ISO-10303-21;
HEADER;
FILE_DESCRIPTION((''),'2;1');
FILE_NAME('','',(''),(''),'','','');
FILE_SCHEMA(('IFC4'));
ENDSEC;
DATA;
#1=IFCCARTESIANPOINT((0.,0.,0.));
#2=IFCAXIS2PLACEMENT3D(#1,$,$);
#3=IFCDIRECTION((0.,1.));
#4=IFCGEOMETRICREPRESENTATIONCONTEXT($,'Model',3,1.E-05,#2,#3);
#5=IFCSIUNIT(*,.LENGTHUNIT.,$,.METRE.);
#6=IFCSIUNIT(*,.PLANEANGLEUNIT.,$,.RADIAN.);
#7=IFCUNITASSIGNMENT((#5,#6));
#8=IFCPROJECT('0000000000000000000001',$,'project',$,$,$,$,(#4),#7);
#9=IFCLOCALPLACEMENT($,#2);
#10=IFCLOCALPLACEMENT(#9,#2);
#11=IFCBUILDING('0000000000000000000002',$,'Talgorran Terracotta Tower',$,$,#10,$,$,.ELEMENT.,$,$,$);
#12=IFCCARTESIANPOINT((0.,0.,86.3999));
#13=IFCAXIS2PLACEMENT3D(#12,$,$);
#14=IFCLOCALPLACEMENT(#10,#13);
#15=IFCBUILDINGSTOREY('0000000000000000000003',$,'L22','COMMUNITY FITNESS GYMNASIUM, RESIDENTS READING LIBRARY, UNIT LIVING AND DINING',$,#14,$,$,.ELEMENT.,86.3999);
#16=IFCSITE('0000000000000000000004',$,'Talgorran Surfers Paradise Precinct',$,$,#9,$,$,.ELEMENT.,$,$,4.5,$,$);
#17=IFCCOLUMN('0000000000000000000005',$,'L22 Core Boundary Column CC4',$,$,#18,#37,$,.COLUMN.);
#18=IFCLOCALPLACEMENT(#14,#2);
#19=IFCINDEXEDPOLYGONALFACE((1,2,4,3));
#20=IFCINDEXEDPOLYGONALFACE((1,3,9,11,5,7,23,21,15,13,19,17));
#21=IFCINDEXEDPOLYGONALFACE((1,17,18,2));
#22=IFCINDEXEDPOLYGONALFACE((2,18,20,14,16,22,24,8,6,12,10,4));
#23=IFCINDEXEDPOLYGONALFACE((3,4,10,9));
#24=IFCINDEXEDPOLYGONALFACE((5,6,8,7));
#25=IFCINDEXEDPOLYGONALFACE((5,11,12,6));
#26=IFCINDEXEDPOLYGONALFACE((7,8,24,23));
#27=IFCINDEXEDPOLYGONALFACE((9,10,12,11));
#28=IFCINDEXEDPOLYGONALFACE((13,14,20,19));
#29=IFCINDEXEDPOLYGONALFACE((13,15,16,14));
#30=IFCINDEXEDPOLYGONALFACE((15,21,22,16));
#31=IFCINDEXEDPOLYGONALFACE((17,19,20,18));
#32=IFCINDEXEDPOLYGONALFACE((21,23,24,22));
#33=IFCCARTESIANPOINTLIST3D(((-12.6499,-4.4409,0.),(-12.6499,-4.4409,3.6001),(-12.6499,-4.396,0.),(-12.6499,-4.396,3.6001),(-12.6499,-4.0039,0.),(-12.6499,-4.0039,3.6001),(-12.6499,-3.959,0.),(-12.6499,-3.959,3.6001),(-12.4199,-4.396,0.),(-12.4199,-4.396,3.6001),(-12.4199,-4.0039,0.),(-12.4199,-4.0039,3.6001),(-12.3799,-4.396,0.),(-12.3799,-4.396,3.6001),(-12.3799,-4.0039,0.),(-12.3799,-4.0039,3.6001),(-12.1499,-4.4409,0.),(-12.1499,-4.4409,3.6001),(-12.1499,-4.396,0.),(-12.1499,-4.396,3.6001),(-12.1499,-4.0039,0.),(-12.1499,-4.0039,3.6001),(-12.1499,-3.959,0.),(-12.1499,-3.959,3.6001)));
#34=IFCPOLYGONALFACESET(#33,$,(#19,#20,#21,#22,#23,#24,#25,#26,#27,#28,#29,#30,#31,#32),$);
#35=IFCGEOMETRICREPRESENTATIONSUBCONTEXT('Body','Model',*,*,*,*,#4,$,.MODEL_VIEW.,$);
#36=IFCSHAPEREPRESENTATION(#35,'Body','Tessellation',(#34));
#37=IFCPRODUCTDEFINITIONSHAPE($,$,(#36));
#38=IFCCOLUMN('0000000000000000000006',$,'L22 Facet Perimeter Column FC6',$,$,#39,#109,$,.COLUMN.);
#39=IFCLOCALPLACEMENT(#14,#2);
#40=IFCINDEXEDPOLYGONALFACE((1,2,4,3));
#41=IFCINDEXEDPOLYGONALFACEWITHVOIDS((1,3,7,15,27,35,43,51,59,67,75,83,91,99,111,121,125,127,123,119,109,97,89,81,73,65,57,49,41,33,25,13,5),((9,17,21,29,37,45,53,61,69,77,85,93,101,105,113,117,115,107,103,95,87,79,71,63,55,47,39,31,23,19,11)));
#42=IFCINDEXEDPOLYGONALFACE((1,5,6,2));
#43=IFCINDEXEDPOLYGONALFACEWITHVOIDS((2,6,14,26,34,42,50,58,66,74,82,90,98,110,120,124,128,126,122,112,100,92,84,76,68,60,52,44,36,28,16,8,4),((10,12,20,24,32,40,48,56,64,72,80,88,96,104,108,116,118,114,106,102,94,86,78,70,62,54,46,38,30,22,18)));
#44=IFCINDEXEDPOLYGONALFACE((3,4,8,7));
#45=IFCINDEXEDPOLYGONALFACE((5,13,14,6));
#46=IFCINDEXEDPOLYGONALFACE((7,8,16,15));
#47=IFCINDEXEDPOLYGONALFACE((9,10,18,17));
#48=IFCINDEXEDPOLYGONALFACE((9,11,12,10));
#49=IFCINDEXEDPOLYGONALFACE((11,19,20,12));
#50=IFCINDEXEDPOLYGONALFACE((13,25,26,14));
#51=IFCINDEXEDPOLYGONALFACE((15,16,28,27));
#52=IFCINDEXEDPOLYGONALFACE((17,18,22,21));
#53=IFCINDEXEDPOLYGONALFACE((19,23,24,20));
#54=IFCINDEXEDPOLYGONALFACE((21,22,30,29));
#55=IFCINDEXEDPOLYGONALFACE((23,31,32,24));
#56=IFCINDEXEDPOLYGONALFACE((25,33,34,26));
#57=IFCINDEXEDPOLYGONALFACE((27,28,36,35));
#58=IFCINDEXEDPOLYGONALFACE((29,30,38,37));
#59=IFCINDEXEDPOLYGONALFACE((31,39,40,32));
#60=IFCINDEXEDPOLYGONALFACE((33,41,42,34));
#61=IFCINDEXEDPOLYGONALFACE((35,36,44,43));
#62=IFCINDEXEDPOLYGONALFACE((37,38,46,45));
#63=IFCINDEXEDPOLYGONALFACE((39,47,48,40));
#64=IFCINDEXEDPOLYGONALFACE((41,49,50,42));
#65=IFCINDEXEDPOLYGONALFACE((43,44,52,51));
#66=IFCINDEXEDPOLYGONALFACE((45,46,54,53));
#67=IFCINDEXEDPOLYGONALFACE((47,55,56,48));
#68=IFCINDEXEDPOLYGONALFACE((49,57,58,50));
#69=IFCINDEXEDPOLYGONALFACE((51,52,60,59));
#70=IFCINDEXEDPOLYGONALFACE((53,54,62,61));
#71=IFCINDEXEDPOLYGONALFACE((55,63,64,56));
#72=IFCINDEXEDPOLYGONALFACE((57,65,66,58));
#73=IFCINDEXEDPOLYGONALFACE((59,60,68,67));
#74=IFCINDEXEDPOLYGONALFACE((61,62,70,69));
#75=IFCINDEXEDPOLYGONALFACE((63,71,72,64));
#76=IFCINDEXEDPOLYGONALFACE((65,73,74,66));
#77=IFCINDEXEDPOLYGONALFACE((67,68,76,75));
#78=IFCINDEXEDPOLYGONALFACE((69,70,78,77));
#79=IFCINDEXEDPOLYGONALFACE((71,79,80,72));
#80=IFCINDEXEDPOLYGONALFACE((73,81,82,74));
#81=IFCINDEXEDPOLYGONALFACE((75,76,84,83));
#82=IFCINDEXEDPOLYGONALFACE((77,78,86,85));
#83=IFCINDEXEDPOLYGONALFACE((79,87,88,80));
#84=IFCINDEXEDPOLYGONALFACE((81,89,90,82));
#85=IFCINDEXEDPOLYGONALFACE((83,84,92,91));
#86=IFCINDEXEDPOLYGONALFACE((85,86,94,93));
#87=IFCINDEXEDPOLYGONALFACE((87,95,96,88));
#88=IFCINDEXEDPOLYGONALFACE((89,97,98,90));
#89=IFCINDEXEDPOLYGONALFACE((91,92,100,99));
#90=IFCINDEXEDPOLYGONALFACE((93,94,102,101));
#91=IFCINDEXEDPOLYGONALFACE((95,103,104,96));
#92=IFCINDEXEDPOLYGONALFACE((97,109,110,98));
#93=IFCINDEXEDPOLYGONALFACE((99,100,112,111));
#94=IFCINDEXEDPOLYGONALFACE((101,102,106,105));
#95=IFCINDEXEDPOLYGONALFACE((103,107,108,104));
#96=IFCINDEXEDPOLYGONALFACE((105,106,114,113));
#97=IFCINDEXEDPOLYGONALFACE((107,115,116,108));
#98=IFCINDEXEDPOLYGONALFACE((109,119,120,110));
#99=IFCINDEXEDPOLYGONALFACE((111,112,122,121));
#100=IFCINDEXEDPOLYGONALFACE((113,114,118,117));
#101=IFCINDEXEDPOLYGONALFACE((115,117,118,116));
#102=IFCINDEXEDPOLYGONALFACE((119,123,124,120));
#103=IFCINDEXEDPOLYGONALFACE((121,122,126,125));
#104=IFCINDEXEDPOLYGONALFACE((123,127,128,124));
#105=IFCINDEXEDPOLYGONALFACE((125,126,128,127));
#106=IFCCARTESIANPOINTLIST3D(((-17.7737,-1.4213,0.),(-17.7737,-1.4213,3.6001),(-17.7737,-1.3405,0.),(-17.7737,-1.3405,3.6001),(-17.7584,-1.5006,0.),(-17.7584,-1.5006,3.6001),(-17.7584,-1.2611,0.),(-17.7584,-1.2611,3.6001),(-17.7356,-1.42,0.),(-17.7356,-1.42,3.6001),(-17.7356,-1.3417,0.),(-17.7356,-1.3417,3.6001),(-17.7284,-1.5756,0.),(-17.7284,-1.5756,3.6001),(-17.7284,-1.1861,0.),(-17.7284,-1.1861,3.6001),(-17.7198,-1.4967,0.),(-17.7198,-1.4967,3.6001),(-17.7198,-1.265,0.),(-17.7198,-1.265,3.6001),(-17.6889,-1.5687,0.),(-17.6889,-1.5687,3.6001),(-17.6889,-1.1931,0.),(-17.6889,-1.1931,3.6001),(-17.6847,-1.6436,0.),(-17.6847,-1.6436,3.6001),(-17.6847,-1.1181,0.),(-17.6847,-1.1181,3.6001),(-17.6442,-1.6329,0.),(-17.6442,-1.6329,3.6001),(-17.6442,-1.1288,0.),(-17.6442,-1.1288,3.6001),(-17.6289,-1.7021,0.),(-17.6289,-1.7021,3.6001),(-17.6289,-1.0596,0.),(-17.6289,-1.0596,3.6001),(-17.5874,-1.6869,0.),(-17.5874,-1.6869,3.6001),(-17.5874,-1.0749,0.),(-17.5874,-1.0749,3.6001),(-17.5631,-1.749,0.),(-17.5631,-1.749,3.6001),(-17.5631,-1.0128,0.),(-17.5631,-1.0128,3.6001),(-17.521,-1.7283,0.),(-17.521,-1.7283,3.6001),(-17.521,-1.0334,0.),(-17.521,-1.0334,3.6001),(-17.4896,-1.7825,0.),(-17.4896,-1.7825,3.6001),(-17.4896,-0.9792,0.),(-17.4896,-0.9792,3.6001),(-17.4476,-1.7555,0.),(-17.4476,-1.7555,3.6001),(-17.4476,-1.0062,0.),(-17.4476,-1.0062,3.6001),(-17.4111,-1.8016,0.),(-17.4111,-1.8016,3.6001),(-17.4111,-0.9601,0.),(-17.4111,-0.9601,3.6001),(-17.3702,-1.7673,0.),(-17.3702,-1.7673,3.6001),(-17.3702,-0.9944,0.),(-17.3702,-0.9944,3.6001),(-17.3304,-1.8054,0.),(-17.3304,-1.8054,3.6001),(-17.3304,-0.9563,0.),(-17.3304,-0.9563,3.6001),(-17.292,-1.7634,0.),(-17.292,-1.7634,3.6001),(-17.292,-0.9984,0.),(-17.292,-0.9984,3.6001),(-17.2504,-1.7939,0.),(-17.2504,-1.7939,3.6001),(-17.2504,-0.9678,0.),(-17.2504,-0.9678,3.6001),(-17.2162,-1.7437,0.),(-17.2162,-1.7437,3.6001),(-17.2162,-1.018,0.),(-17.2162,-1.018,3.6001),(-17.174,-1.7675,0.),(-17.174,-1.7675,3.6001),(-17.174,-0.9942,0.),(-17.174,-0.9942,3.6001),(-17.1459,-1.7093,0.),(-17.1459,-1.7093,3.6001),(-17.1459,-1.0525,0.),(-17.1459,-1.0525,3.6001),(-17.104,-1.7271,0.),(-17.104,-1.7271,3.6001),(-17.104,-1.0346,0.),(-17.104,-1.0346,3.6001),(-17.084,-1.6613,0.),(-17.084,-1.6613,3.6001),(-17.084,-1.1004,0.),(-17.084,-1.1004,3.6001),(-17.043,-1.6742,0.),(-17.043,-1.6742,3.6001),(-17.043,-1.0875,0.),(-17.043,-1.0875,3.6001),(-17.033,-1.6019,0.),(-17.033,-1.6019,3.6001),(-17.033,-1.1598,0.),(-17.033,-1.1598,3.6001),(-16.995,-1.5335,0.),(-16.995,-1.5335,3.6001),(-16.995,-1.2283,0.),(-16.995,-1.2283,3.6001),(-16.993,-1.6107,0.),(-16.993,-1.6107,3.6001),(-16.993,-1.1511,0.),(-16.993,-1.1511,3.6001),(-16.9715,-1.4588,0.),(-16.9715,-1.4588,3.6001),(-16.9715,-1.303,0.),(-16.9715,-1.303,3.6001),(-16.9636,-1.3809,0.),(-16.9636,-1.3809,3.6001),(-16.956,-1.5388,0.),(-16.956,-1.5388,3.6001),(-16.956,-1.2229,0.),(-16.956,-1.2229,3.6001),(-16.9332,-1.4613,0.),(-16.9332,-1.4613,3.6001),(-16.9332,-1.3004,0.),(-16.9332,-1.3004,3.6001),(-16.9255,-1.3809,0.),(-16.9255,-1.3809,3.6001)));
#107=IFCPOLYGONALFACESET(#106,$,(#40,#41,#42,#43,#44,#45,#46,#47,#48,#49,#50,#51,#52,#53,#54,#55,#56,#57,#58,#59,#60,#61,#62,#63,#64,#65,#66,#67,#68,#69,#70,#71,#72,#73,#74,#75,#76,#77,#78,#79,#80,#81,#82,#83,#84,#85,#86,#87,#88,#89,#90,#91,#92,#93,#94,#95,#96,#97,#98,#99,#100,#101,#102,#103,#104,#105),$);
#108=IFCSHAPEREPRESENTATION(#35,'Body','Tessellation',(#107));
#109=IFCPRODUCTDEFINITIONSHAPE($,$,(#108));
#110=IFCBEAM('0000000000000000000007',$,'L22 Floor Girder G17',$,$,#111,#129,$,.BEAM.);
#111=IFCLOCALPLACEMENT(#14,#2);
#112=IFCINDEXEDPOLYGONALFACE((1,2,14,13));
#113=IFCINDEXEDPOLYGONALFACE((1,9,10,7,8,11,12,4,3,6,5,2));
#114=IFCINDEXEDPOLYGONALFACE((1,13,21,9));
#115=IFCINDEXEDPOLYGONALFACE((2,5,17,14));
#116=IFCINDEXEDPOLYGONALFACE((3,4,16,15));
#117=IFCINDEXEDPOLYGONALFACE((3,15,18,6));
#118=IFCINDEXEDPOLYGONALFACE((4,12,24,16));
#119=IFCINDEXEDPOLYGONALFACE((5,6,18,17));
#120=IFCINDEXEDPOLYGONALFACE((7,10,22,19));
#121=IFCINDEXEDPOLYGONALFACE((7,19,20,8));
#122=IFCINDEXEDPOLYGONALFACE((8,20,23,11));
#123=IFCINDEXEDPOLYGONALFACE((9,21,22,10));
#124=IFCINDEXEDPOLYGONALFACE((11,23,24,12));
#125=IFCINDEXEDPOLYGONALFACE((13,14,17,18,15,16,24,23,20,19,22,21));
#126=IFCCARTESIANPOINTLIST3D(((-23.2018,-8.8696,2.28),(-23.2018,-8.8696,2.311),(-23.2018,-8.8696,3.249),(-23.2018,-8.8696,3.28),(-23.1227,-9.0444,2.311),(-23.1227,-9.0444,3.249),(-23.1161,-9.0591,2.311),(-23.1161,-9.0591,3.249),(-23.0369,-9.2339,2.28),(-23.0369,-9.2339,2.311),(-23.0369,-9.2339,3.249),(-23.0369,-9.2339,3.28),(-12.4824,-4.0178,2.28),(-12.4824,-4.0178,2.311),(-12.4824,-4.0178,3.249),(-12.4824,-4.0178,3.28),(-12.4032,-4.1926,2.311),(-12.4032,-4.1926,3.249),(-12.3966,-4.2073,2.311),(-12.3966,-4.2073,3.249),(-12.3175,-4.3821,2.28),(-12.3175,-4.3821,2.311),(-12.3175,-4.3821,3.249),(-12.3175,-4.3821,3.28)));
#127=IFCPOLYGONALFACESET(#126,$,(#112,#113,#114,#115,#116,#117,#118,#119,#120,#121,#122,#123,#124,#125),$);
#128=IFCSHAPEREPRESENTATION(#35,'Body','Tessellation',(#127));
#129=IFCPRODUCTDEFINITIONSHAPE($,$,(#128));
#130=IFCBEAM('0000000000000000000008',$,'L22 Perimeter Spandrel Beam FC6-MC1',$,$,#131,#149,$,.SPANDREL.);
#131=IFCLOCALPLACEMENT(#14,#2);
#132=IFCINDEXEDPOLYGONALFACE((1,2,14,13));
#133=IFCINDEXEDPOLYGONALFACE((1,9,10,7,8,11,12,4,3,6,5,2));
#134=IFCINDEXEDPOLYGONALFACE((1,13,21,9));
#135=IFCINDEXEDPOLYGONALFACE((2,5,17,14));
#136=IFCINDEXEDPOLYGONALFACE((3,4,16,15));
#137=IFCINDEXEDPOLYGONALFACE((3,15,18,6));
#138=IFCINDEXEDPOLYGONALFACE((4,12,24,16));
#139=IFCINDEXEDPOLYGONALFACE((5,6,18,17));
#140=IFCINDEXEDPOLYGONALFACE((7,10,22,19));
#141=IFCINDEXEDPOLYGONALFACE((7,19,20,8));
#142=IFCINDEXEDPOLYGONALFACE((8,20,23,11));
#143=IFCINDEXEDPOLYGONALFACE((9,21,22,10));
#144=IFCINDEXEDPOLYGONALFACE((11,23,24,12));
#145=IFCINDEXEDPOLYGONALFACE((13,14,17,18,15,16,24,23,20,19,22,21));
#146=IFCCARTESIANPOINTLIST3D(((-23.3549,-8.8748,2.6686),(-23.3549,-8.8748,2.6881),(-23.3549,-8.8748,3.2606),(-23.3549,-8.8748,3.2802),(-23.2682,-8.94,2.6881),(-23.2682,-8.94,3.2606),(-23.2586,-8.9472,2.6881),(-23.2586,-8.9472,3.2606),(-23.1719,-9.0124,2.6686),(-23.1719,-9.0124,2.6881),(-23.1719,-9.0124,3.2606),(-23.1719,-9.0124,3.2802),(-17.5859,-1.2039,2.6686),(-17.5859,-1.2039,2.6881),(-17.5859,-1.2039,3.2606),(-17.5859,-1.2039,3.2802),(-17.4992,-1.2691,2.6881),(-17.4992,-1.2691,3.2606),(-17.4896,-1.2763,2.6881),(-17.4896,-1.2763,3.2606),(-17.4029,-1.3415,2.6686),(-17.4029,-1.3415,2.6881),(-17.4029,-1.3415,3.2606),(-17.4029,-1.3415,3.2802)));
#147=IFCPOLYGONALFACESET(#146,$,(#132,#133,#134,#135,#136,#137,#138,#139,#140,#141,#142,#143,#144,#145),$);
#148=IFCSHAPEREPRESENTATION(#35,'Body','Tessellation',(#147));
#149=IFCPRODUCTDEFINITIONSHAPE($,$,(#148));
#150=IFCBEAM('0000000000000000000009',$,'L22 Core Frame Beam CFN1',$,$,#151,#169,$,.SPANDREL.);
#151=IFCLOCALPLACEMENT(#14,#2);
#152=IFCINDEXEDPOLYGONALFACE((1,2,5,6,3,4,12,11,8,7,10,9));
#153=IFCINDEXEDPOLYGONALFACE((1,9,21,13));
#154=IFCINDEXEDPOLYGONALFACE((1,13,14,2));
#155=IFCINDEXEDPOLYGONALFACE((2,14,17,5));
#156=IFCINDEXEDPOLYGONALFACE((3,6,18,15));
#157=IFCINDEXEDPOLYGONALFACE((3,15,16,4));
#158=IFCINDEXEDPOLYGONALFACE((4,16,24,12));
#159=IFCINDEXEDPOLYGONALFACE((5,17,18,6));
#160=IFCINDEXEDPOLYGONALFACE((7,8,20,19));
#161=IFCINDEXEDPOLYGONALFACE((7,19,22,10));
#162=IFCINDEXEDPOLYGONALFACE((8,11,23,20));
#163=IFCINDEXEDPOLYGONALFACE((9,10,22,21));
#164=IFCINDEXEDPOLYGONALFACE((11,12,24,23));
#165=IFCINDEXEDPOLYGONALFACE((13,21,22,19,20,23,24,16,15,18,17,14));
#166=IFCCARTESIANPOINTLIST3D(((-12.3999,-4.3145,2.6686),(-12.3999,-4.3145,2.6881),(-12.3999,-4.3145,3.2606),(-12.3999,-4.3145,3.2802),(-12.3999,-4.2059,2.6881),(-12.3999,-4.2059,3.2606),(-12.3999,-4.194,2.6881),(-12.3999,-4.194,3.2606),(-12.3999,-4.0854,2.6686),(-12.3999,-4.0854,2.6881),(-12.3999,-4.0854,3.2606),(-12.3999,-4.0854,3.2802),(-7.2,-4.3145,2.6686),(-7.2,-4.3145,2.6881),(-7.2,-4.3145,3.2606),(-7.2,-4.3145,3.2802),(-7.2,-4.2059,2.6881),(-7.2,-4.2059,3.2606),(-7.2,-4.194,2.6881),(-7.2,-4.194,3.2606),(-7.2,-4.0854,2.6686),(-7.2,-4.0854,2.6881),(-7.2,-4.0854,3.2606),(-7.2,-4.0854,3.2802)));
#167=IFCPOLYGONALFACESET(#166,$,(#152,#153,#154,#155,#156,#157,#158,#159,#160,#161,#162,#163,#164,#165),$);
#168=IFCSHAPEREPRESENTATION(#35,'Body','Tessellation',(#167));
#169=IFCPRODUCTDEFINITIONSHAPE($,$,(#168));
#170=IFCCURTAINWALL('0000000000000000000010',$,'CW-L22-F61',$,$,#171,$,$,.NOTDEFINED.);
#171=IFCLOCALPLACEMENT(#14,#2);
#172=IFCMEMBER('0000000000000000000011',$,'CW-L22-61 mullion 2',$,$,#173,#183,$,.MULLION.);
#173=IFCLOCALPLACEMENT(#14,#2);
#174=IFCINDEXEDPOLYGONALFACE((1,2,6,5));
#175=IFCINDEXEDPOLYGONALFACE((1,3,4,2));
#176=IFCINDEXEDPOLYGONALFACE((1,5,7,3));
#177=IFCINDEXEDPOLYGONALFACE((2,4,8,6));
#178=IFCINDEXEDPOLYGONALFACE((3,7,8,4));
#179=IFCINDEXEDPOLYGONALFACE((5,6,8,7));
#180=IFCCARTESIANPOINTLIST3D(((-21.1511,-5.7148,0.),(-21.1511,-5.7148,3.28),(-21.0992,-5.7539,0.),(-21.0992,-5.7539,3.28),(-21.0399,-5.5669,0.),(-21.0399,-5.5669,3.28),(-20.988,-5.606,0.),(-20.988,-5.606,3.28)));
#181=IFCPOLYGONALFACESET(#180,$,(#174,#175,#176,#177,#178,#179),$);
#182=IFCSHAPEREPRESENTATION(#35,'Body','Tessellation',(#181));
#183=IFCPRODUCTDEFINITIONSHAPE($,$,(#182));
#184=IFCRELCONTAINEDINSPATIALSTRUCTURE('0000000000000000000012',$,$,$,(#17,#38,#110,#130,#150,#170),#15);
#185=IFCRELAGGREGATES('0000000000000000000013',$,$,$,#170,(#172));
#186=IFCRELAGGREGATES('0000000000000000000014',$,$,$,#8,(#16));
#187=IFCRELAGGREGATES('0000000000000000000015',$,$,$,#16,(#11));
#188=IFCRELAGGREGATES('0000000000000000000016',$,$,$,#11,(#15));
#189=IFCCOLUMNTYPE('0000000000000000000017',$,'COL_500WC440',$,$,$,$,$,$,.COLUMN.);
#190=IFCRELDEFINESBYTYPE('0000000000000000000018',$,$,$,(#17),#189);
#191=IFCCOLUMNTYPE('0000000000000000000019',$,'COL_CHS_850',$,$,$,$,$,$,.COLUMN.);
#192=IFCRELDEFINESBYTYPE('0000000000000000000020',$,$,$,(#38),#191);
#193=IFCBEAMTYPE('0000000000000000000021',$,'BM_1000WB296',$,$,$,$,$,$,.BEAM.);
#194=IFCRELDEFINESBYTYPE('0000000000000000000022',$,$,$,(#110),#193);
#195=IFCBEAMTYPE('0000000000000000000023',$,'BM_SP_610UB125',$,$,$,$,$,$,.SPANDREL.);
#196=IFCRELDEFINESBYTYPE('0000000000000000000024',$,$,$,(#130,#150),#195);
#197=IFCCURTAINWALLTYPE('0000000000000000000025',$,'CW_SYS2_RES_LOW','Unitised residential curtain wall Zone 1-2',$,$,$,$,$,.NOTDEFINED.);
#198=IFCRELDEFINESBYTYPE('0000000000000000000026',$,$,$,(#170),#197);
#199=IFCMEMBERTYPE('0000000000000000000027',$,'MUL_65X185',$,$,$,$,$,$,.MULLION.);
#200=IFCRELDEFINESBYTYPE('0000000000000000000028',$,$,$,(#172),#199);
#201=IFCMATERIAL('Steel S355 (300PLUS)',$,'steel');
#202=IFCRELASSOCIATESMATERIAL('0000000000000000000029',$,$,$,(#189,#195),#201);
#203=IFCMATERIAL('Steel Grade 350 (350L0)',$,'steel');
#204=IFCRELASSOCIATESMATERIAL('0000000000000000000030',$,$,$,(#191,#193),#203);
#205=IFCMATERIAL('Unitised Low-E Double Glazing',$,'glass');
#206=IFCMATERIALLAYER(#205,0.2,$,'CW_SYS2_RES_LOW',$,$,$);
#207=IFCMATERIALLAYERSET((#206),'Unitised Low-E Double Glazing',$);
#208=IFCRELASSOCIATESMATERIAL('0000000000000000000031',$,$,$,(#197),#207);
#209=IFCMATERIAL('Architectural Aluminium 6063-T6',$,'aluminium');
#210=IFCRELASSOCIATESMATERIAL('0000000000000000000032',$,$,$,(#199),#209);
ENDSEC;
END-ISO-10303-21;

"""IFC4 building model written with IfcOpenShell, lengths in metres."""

from ifc_helpers import new_model, si_unit, direction, frame, origin, origin_2d, place, context, subcontext, project, spatial, rectangle, hollow_circle, i_section, extrude, material, layer, layer_set, material_profile, profile_set, type_object, element, aggregate, save


model = new_model("IFC4")

# Units and contexts
model_context = context("Model", 3, precision=1e-05, world=origin(), true_north=direction((0.0, 1.0)))
body_context = subcontext(model_context, "Body", "Model", "MODEL_VIEW")
ifc_project = project(units=[si_unit("LENGTHUNIT", "METRE"), si_unit("PLANEANGLEUNIT", "RADIAN")], contexts=[model_context])

# Site, building, storey
site_placement = place(None, origin())
site = spatial("IfcSite", under=ifc_project, at=site_placement, Name="Talgorran Surfers Paradise Precinct", CompositionType="ELEMENT", RefElevation=4.5)
building_placement = place(site_placement, origin())
building = spatial("IfcBuilding", under=site, at=building_placement, Name="Talgorran Terracotta Tower", CompositionType="ELEMENT")
storey_placement = place(building_placement, frame((0.0, 0.0, 86.3999)))
storey = spatial("IfcBuildingStorey", under=building, at=storey_placement, Name="L22", Description="COMMUNITY FITNESS GYMNASIUM, RESIDENTS READING LIBRARY, UNIT LIVING AND DINING", CompositionType="ELEMENT", Elevation=86.3999)

# Columns
ifc_material_1 = material(Name="Steel S355 (300PLUS)", Category="steel")
ifc_material_profile_1 = material_profile(ifc_material_1, i_section(OverallWidth=0.5, OverallDepth=0.4819, WebThickness=0.04, FlangeThickness=0.0449, at=origin_2d()), Name="500WC440")
ifc_profile_set_1 = profile_set([ifc_material_profile_1], Name="Steel S355 (300PLUS)")
column_type_1 = type_object("IfcColumnType", Name="COL_500WC440", PredefinedType="COLUMN", material=ifc_profile_set_1)
column_1_placement = place(storey_placement, frame((-12.3999, -4.2, 0.0), z_axis=(0.0, 0.0, 1.0), x_axis=(1.0, 0.0, 0.0)))
element("IfcColumn", 1, at=column_1_placement, inside=storey, type_object=column_type_1, Name="L22 Core Boundary Column CC4", PredefinedType="COLUMN", context=body_context, shape_type="SweptSolid", body=[
    extrude(i_section(OverallWidth=0.5, OverallDepth=0.4819, WebThickness=0.04, FlangeThickness=0.0449, at=origin_2d()), origin(), (0.0, 0.0, 1.0), 3.6001),
])
ifc_material_2 = material(Name="Steel Grade 350 (350L0)", Category="steel")
ifc_material_profile_2 = material_profile(ifc_material_2, hollow_circle(Radius=0.425, WallThickness=0.0381, at=origin_2d()), Name="CHS850X38")
ifc_profile_set_2 = profile_set([ifc_material_profile_2], Name="Steel Grade 350 (350L0)")
column_type_2 = type_object("IfcColumnType", Name="COL_CHS_850", PredefinedType="COLUMN", material=ifc_profile_set_2)
column_2_placement = place(storey_placement, frame((-17.3506, -1.3809, 0.0), z_axis=(0.0, 0.0, 1.0), x_axis=(1.0, 0.0, 0.0)))
element("IfcColumn", 2, at=column_2_placement, inside=storey, type_object=column_type_2, Name="L22 Facet Perimeter Column FC6", PredefinedType="COLUMN", context=body_context, shape_type="SweptSolid", body=[
    extrude(hollow_circle(Radius=0.425, WallThickness=0.0381, at=origin_2d()), origin(), (0.0, 0.0, 1.0), 3.6001),
])

# Beams
ifc_material_profile_3 = material_profile(ifc_material_2, i_section(OverallWidth=0.3999, OverallDepth=1.0, WebThickness=0.0161, FlangeThickness=0.031, at=origin_2d()), Name="1000WB296")
ifc_profile_set_3 = profile_set([ifc_material_profile_3], Name="Steel Grade 350 (350L0)")
beam_type_1 = type_object("IfcBeamType", Name="BM_1000WB296", PredefinedType="BEAM", material=ifc_profile_set_3)
beam_1_placement = place(storey_placement, frame((-12.3999, -4.2, 2.78), z_axis=(-0.911028, -0.412345, 0.0), x_axis=(0.412345, -0.911028, 0.0)))
element("IfcBeam", 3, at=beam_1_placement, inside=storey, type_object=beam_type_1, Name="L22 Floor Girder G17", PredefinedType="BEAM", context=body_context, shape_type="SweptSolid", body=[
    extrude(i_section(OverallWidth=0.3999, OverallDepth=1.0, WebThickness=0.0161, FlangeThickness=0.031, at=origin_2d()), origin(), (0.0, 0.0, 1.0), 11.7664),
])
ifc_material_profile_4 = material_profile(ifc_material_1, i_section(OverallWidth=0.229, OverallDepth=0.6116, WebThickness=0.012, FlangeThickness=0.0195, at=origin_2d()), Name="610UB125")
ifc_profile_set_4 = profile_set([ifc_material_profile_4], Name="Steel S355 (300PLUS)")
beam_type_2 = type_object("IfcBeamType", Name="BM_SP_610UB125", PredefinedType="SPANDREL", material=ifc_profile_set_4)
beam_2_placement = place(storey_placement, frame((-17.4944, -1.2727, 2.9744), z_axis=(-0.601058, -0.799206, 0.0), x_axis=(0.799206, -0.601058, 0.0)))
element("IfcBeam", 4, at=beam_2_placement, inside=storey, type_object=beam_type_2, Name="L22 Perimeter Spandrel Beam FC6-MC1", PredefinedType="SPANDREL", context=body_context, shape_type="SweptSolid", body=[
    extrude(i_section(OverallWidth=0.229, OverallDepth=0.6116, WebThickness=0.012, FlangeThickness=0.0195, at=origin_2d()), origin(), (0.0, 0.0, 1.0), 9.5981),
])
beam_3_placement = place(storey_placement, frame((-12.3999, -4.2, 2.9744), z_axis=(1.0, 0.0, 0.0), x_axis=(0.0, 1.0, 0.0)))
element("IfcBeam", 5, at=beam_3_placement, inside=storey, type_object=beam_type_2, Name="L22 Core Frame Beam CFN1", PredefinedType="SPANDREL", context=body_context, shape_type="SweptSolid", body=[
    extrude(i_section(OverallWidth=0.229, OverallDepth=0.6116, WebThickness=0.012, FlangeThickness=0.0195, at=origin_2d()), origin(), (0.0, 0.0, 1.0), 5.2),
])

# Curtain wall, member
ifc_material_3 = material(Name="Unitised Low-E Double Glazing", Category="glass")
ifc_layer_1 = layer(ifc_material_3, 0.2, Name="CW_SYS2_RES_LOW")
ifc_layer_set_1 = layer_set([ifc_layer_1], Name="Unitised Low-E Double Glazing")
curtain_wall_type = type_object("IfcCurtainWallType", Name="CW_SYS2_RES_LOW", Description="Unitised residential curtain wall Zone 1-2", PredefinedType="NOTDEFINED", material=ifc_layer_set_1)
curtain_wall_placement = place(storey_placement, origin())
curtain_wall = element("IfcCurtainWall", 6, at=curtain_wall_placement, inside=storey, type_object=curtain_wall_type, Name="CW-L22-F61", PredefinedType="NOTDEFINED")
ifc_material_4 = material(Name="Architectural Aluminium 6063-T6", Category="aluminium")
ifc_material_profile_5 = material_profile(ifc_material_4, rectangle(XDim=0.0649, YDim=0.1851, at=origin_2d()), Name="CWM65X185")
ifc_profile_set_5 = profile_set([ifc_material_profile_5], Name="Architectural Aluminium 6063-T6")
member_type_1 = type_object("IfcMemberType", Name="MUL_65X185", PredefinedType="MULLION", material=ifc_profile_set_5)
member_1_placement = place(storey_placement, frame((-21.0696, -5.6604, 0.0), z_axis=(0.0, 0.0, 1.0), x_axis=(0.799213, -0.601048, 0.0)))
member_1 = element("IfcMember", 7, at=member_1_placement, type_object=member_type_1, Name="CW-L22-61 mullion 2", PredefinedType="MULLION", context=body_context, shape_type="SweptSolid", body=[
    extrude(rectangle(XDim=0.0649, YDim=0.1851, at=origin_2d()), origin(), (0.0, 0.0, 1.0), 3.28),
])
aggregate(curtain_wall, [member_1])

save(model, "model.ifc")
